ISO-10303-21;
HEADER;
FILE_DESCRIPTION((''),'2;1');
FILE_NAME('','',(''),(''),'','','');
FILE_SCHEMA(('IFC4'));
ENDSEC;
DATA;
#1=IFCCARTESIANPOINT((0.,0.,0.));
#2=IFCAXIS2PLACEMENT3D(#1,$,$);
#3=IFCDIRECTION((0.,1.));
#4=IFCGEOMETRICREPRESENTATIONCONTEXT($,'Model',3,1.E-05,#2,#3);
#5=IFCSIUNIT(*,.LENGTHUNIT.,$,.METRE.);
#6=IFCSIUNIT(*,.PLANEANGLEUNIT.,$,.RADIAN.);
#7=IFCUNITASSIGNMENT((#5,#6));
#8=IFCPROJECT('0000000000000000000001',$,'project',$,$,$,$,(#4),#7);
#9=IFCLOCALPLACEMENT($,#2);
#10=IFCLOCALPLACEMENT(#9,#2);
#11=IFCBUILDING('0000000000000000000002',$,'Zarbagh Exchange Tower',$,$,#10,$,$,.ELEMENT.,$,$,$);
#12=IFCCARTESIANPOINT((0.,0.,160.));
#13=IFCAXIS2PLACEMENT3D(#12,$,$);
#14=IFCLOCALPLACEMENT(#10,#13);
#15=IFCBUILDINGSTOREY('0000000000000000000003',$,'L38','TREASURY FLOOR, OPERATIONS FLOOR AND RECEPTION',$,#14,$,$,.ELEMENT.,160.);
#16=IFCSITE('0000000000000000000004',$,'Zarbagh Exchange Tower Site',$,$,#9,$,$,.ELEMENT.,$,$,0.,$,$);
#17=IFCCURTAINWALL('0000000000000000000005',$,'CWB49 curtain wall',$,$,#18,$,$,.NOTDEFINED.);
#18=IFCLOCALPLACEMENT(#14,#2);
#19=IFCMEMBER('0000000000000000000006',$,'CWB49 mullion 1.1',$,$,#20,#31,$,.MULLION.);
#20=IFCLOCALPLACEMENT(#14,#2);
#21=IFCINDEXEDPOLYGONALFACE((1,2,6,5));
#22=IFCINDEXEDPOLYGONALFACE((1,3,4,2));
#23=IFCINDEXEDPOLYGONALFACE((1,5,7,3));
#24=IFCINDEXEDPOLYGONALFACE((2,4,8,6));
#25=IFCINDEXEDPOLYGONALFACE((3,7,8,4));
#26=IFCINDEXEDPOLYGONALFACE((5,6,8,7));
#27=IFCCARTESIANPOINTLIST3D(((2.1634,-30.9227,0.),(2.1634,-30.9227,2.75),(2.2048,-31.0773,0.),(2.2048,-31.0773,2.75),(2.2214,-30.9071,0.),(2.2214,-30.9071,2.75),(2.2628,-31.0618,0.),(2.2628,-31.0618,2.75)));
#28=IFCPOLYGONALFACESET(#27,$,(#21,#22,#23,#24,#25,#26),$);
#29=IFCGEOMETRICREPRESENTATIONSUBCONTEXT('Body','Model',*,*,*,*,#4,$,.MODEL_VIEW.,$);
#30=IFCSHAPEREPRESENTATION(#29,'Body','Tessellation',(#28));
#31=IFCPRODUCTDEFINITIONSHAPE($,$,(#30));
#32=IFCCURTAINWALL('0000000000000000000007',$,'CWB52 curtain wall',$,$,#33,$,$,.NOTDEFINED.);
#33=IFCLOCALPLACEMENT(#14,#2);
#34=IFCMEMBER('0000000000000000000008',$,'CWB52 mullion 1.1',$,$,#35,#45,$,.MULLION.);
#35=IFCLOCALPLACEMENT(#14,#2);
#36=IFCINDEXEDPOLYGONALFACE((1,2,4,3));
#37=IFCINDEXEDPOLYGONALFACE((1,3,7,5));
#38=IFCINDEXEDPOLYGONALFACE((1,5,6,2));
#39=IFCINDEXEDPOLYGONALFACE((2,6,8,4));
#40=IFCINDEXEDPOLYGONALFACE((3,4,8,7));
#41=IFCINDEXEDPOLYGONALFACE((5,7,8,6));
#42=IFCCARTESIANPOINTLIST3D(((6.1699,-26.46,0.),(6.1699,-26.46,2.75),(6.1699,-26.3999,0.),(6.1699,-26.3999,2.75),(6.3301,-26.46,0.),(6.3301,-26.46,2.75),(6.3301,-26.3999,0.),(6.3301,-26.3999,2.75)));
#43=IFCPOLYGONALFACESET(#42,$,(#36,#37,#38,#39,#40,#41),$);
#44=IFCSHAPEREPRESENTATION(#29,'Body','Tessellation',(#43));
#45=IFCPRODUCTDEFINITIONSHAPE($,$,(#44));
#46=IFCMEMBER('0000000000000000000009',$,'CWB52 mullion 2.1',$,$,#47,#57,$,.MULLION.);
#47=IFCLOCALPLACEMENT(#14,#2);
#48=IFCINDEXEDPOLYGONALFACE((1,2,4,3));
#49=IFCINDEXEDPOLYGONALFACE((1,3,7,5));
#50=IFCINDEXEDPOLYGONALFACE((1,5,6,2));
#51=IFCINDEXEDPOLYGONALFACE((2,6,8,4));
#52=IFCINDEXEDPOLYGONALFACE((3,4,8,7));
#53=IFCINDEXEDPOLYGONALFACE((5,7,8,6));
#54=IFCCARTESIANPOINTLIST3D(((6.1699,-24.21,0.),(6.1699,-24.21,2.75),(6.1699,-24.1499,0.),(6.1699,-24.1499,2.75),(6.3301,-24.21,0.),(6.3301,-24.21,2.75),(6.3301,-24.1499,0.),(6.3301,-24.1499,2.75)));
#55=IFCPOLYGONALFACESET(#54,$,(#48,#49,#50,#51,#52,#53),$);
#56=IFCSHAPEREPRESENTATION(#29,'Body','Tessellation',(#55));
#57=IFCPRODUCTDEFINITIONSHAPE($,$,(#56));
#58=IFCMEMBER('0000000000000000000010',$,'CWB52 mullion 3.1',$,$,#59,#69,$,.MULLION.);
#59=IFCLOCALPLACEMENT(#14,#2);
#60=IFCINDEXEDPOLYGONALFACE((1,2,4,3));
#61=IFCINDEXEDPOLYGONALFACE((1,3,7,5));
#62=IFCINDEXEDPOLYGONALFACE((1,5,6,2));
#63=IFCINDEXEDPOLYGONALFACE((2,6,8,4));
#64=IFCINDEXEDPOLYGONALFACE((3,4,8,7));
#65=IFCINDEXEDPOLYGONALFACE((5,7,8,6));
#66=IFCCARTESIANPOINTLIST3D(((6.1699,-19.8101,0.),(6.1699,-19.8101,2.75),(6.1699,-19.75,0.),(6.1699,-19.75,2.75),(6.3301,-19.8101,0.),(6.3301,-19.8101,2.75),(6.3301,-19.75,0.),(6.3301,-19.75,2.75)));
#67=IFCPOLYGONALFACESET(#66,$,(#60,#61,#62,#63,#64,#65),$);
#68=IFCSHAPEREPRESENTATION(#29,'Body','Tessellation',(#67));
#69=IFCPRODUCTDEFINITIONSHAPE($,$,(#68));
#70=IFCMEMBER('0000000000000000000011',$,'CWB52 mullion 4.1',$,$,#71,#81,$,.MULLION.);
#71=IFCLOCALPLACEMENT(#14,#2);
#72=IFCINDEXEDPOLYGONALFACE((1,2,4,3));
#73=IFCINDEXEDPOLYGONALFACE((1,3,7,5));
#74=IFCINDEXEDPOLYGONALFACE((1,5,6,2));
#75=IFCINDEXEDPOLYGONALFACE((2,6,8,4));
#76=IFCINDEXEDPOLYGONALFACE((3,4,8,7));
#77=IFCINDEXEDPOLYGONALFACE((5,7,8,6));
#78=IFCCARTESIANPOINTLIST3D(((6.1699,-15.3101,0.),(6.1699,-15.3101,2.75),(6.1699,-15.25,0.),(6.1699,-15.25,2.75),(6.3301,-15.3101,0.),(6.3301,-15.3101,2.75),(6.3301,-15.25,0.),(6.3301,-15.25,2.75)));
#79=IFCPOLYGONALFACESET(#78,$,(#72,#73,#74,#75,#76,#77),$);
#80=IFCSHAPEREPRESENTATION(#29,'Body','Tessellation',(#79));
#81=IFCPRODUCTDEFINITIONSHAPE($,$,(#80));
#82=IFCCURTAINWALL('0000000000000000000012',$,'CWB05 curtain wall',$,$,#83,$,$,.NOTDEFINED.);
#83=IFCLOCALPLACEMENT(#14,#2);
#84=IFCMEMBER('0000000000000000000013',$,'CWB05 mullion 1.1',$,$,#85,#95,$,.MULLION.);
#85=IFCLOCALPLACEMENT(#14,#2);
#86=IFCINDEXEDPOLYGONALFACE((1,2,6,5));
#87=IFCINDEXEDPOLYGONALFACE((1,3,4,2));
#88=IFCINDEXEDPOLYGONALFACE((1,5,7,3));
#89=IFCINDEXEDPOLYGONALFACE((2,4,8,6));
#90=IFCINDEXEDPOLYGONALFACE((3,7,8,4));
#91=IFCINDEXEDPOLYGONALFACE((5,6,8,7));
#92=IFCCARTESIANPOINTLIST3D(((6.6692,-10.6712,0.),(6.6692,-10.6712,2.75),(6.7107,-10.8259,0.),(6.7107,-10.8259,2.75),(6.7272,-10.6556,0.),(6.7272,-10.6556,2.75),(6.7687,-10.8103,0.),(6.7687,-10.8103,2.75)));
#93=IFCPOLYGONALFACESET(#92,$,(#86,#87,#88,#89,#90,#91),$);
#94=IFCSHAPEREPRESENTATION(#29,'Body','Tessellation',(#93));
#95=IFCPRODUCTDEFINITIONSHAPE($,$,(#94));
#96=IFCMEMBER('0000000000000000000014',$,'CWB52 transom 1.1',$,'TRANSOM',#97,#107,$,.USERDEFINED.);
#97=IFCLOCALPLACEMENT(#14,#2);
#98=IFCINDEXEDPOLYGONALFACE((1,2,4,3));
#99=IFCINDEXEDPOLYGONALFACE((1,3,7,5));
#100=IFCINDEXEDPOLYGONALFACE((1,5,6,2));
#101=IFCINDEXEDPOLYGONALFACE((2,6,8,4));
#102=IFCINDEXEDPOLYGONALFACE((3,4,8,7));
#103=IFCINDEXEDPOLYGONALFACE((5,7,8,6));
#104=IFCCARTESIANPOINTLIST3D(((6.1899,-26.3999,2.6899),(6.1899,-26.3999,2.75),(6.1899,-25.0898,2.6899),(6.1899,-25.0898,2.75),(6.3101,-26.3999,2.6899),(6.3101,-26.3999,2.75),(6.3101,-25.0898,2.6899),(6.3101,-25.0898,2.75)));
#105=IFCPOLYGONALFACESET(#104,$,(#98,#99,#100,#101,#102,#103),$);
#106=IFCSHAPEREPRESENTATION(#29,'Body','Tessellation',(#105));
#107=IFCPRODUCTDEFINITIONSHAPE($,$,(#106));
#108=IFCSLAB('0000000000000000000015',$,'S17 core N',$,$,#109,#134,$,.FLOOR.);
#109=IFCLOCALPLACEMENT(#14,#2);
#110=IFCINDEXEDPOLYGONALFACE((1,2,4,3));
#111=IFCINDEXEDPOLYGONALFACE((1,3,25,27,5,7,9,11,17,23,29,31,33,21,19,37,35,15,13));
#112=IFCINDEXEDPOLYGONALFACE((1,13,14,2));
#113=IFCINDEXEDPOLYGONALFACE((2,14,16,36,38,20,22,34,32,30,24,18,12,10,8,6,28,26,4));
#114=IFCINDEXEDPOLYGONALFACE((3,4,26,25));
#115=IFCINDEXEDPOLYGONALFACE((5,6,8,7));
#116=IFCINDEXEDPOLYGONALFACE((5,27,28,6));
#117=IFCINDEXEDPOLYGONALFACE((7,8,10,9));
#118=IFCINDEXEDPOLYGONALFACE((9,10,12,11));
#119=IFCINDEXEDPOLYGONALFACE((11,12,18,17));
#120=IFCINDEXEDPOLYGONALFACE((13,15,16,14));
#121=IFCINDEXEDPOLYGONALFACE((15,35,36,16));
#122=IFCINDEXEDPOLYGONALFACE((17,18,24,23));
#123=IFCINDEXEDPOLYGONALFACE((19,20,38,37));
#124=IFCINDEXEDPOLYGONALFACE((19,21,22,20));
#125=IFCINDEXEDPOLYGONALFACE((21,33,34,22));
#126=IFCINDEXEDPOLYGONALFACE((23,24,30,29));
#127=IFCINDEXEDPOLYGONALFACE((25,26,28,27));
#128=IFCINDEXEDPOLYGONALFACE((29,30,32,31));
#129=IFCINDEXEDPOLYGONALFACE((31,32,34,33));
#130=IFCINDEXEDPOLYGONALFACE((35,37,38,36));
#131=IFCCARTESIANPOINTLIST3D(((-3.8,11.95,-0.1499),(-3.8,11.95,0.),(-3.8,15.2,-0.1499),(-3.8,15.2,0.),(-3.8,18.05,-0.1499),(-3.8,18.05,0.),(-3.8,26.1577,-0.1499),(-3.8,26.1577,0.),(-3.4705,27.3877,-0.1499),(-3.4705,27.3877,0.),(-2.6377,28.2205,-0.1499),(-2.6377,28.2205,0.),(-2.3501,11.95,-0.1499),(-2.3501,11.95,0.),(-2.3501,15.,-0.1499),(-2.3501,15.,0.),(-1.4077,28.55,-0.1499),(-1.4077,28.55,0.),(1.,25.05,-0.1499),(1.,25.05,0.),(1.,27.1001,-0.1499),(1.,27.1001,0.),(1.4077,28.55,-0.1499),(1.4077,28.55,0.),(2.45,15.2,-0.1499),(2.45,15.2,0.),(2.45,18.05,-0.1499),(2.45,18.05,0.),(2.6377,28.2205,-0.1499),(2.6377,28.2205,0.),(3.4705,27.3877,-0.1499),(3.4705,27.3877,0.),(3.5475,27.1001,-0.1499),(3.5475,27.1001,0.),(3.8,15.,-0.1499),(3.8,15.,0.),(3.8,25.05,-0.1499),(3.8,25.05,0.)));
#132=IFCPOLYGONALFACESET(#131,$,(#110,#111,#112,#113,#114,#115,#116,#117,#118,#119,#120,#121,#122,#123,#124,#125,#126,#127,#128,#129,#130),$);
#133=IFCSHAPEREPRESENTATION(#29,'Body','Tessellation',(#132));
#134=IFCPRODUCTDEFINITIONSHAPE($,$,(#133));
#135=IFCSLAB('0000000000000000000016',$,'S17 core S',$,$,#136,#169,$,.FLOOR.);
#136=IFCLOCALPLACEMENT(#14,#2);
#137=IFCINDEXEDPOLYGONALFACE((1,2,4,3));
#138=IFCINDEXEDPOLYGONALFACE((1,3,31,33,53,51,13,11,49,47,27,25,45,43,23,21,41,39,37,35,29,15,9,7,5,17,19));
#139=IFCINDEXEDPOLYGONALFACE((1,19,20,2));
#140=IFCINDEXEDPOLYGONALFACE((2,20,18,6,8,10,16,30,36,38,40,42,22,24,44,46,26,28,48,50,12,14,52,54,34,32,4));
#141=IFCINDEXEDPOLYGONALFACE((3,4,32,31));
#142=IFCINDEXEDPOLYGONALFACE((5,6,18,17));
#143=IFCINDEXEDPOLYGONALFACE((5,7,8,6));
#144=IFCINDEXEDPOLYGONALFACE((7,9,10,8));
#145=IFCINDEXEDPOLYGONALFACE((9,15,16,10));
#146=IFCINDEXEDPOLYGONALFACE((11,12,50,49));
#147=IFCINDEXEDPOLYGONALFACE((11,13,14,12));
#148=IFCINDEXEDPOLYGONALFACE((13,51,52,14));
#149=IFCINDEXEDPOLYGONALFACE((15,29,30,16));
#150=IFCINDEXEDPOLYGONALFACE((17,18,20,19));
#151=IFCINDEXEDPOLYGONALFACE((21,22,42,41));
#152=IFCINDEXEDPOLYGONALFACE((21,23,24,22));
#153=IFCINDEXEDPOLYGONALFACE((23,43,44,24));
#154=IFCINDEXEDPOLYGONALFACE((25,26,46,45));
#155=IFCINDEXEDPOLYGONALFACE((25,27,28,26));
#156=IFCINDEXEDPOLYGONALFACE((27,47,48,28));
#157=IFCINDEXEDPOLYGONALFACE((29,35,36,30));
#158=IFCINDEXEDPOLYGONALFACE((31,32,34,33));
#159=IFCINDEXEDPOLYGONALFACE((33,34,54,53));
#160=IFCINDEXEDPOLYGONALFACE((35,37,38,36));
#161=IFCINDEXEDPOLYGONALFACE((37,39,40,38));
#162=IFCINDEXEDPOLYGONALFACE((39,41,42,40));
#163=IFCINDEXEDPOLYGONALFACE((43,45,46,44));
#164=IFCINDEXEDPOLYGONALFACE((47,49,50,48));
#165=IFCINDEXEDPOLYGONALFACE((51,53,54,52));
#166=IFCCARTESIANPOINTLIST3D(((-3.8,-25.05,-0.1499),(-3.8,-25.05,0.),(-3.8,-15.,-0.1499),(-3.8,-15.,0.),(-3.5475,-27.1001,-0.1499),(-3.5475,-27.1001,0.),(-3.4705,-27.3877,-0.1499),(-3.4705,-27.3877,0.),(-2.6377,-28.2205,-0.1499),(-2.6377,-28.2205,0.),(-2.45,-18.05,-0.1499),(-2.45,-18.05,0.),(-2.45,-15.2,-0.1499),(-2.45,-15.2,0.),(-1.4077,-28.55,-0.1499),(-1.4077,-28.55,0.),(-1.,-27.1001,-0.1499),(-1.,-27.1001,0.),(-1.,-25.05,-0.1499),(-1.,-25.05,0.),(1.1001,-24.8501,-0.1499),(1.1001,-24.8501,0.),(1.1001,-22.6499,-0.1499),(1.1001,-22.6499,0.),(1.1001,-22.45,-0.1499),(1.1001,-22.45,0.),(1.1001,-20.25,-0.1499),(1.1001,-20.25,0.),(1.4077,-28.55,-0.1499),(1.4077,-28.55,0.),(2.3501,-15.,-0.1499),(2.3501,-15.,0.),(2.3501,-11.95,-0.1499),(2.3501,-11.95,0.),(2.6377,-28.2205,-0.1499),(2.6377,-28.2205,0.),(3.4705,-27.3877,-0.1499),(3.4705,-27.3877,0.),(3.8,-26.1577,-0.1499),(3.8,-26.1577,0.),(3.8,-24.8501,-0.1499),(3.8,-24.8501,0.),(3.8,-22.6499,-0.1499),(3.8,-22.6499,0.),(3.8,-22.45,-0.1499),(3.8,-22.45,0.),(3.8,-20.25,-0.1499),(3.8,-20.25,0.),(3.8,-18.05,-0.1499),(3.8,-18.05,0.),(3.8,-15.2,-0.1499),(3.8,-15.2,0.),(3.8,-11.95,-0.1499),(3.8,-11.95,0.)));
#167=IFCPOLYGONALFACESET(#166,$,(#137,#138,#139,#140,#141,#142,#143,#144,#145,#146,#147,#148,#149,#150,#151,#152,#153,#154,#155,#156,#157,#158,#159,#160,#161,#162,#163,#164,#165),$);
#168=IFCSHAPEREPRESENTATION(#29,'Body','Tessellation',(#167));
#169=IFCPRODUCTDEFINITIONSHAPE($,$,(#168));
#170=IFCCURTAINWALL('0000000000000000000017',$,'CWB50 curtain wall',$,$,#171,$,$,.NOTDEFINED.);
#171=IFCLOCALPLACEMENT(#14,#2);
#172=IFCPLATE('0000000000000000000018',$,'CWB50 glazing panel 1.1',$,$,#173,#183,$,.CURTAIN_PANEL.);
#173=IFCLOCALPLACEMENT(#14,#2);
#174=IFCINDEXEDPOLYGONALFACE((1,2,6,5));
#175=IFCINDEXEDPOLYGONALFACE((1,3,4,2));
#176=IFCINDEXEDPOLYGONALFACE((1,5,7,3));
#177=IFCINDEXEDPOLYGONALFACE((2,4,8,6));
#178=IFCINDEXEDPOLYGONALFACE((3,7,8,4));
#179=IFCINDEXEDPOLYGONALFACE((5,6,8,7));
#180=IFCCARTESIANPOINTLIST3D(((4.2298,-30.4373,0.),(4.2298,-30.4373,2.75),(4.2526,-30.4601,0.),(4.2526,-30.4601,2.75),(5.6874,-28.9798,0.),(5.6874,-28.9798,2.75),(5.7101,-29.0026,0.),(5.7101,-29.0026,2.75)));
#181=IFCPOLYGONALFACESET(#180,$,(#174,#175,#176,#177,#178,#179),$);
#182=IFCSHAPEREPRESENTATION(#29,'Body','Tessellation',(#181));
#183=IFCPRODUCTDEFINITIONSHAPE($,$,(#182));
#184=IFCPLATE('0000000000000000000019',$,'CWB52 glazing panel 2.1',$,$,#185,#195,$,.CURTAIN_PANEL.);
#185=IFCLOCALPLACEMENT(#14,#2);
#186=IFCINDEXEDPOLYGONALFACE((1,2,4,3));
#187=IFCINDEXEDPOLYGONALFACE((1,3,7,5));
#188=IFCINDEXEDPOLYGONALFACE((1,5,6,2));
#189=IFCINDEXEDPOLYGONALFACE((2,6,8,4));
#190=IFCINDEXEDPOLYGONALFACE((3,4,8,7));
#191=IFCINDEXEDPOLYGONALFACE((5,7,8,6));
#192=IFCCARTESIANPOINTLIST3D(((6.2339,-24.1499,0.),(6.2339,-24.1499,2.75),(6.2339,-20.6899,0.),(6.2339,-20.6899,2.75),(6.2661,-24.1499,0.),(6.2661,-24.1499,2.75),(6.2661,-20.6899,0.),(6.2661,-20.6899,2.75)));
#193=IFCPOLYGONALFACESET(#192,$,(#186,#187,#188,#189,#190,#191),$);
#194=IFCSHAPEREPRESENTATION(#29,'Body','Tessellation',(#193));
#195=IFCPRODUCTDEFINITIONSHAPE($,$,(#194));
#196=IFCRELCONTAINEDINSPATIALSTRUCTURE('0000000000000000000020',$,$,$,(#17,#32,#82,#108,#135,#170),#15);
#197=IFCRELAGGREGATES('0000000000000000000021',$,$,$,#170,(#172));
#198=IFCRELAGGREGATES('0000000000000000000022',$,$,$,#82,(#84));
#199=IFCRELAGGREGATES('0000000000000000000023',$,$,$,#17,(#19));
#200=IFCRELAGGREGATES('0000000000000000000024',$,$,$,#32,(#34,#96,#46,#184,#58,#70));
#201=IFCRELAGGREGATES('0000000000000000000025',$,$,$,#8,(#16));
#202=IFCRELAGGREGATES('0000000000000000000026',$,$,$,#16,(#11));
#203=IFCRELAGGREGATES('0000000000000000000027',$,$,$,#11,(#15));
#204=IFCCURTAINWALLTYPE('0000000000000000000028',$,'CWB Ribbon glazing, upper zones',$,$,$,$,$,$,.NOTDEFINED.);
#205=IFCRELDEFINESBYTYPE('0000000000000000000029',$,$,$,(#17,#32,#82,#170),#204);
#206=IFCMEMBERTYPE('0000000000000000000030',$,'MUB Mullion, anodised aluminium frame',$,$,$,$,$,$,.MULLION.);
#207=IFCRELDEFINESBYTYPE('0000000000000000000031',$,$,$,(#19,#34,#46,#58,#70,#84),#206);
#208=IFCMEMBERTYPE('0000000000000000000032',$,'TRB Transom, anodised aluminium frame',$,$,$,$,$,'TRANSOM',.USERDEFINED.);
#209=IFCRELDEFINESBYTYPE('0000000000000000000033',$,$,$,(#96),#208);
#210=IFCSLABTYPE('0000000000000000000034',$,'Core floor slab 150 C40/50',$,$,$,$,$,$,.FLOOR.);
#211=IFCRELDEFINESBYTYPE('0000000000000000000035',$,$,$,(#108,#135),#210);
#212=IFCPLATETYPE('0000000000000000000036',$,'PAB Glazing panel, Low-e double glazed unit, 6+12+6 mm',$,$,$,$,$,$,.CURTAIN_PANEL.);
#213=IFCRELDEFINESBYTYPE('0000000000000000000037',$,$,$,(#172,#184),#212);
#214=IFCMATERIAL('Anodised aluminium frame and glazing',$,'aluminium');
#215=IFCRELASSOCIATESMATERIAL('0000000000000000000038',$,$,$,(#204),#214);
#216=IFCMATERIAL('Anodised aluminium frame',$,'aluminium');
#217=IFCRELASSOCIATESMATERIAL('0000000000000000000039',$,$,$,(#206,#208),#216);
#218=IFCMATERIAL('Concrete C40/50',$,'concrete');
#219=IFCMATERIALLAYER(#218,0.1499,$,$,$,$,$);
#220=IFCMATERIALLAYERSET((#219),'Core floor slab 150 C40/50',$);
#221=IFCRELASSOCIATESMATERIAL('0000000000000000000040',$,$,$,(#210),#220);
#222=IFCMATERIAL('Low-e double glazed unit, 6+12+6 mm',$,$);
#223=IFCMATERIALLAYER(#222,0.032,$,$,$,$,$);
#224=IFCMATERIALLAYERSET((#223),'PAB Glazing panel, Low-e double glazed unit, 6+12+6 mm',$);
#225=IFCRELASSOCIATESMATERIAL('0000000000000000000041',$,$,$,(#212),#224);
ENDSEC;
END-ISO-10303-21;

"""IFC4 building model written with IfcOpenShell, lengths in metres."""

from ifc_helpers import new_model, si_unit, direction, frame, origin, place, context, subcontext, project, spatial, polyline, outline, extrude, source, transform, mapped, material, layer, layer_set, type_object, element, aggregate, save


model = new_model("IFC4")

# Units and contexts
model_context = context("Model", 3, precision=1e-05, world=origin(), true_north=direction((0.0, 1.0)))
body_context = subcontext(model_context, "Body", "Model", "MODEL_VIEW")
ifc_project = project(units=[si_unit("LENGTHUNIT", "METRE"), si_unit("PLANEANGLEUNIT", "RADIAN")], contexts=[model_context])

# Site, building, storey
site_placement = place(None, origin())
site = spatial("IfcSite", under=ifc_project, at=site_placement, Name="Zarbagh Exchange Tower Site", CompositionType="ELEMENT", RefElevation=0.0)
building_placement = place(site_placement, origin())
building = spatial("IfcBuilding", under=site, at=building_placement, Name="Zarbagh Exchange Tower", CompositionType="ELEMENT")
storey_placement = place(building_placement, frame((0.0, 0.0, 160.0)))
storey = spatial("IfcBuildingStorey", under=building, at=storey_placement, Name="L38", Description="TREASURY FLOOR, OPERATIONS FLOOR AND RECEPTION", CompositionType="ELEMENT", Elevation=160.0)

# Curtain wall, member
ifc_material_1 = material(Name="Anodised aluminium frame and glazing", Category="aluminium")
curtain_wall_type = type_object("IfcCurtainWallType", Name="CWB Ribbon glazing, upper zones", PredefinedType="NOTDEFINED", material=ifc_material_1)
curtain_wall_1_placement = place(storey_placement, origin())
curtain_wall_1 = element("IfcCurtainWall", 1, at=curtain_wall_1_placement, inside=storey, type_object=curtain_wall_type, Name="CWB49 curtain wall", PredefinedType="NOTDEFINED")
ifc_material_2 = material(Name="Anodised aluminium frame", Category="aluminium")
member_type_1 = type_object("IfcMemberType", Name="MUB Mullion, anodised aluminium frame", PredefinedType="MULLION", material=ifc_material_2)
shared_shape_1 = source(origin(), body_context, "Body", "SweptSolid", [
    extrude(outline(polyline([(0.0, -0.0801), (0.0601, -0.0801), (0.0601, 0.0801), (0.0, 0.0801), (0.0, -0.0801)])), origin(), (0.0, 0.0, 1.0), 2.75),
])
placement = place(storey_placement, origin())
member_1 = element("IfcMember", 2, at=placement, type_object=member_type_1, Name="CWB49 mullion 1.1", PredefinedType="MULLION", context=body_context, shape_type="MappedRepresentation", body=[
    mapped(shared_shape_1, transform((2.1841, -31.0, 0.0), x_axis=(0.965924, 0.258825, 0.0), y_axis=(-0.258825, 0.965924, 0.0), z_axis=(0.0, 0.0, 1.0))),
])

# Curtain wall, members
curtain_wall_2_placement = place(storey_placement, origin())
curtain_wall_2 = element("IfcCurtainWall", 3, at=curtain_wall_2_placement, inside=storey, type_object=curtain_wall_type, Name="CWB52 curtain wall", PredefinedType="NOTDEFINED")
member_2 = element("IfcMember", 4, at=placement, type_object=member_type_1, Name="CWB52 mullion 1.1", PredefinedType="MULLION", context=body_context, shape_type="MappedRepresentation", body=[
    mapped(shared_shape_1, transform((6.25, -26.46, 0.0), x_axis=(0.0, 1.0, 0.0), y_axis=(-1.0, 0.0, 0.0), z_axis=(0.0, 0.0, 1.0))),
])
member_3 = element("IfcMember", 5, at=placement, type_object=member_type_1, Name="CWB52 mullion 2.1", PredefinedType="MULLION", context=body_context, shape_type="MappedRepresentation", body=[
    mapped(shared_shape_1, transform((6.25, -24.21, 0.0), x_axis=(0.0, 1.0, 0.0), y_axis=(-1.0, 0.0, 0.0), z_axis=(0.0, 0.0, 1.0))),
])
member_4 = element("IfcMember", 6, at=placement, type_object=member_type_1, Name="CWB52 mullion 3.1", PredefinedType="MULLION", context=body_context, shape_type="MappedRepresentation", body=[
    mapped(shared_shape_1, transform((6.25, -19.8101, 0.0), x_axis=(0.0, 1.0, 0.0), y_axis=(-1.0, 0.0, 0.0), z_axis=(0.0, 0.0, 1.0))),
])
member_5 = element("IfcMember", 7, at=placement, type_object=member_type_1, Name="CWB52 mullion 4.1", PredefinedType="MULLION", context=body_context, shape_type="MappedRepresentation", body=[
    mapped(shared_shape_1, transform((6.25, -15.3101, 0.0), x_axis=(0.0, 1.0, 0.0), y_axis=(-1.0, 0.0, 0.0), z_axis=(0.0, 0.0, 1.0))),
])

# Curtain wall, member
curtain_wall_3_placement = place(storey_placement, origin())
curtain_wall_3 = element("IfcCurtainWall", 8, at=curtain_wall_3_placement, inside=storey, type_object=curtain_wall_type, Name="CWB05 curtain wall", PredefinedType="NOTDEFINED")
member_6 = element("IfcMember", 9, at=placement, type_object=member_type_1, Name="CWB05 mullion 1.1", PredefinedType="MULLION", context=body_context, shape_type="MappedRepresentation", body=[
    mapped(shared_shape_1, transform((6.6899, -10.7485, 0.0), x_axis=(0.965924, 0.258825, 0.0), y_axis=(-0.258825, 0.965924, 0.0), z_axis=(0.0, 0.0, 1.0))),
])

# Member
member_type_2 = type_object("IfcMemberType", Name="TRB Transom, anodised aluminium frame", ElementType="TRANSOM", PredefinedType="USERDEFINED", material=ifc_material_2)
shared_shape_2 = source(origin(), body_context, "Body", "SweptSolid", [
    extrude(outline(polyline([(-0.0601, -0.0601), (0.0, -0.0601), (0.0, 0.0601), (-0.0601, 0.0601), (-0.0601, -0.0601)])), origin(), (0.0, 0.0, 1.0), 1.3101),
])
member_7 = element("IfcMember", 10, at=placement, type_object=member_type_2, Name="CWB52 transom 1.1", ObjectType="TRANSOM", PredefinedType="USERDEFINED", context=body_context, shape_type="MappedRepresentation", body=[
    mapped(shared_shape_2, transform((6.25, -26.3999, 2.75), x_axis=(0.0, 0.0, 1.0), y_axis=(1.0, 0.0, 0.0), z_axis=(0.0, 1.0, 0.0))),
])

# Slabs
ifc_material_3 = material(Name="Concrete C40/50", Category="concrete")
ifc_layer_1 = layer(ifc_material_3, 0.1499)
ifc_layer_set_1 = layer_set([ifc_layer_1], Name="Core floor slab 150 C40/50")
slab_type = type_object("IfcSlabType", Name="Core floor slab 150 C40/50", PredefinedType="FLOOR", material=ifc_layer_set_1)
slab_1_placement = place(storey_placement, frame((0.0, 0.0, -0.1499)))
element("IfcSlab", 11, at=slab_1_placement, inside=storey, type_object=slab_type, Name="S17 core N", PredefinedType="FLOOR", context=body_context, shape_type="SweptSolid", body=[
    extrude(outline(polyline([(-3.8, 11.95), (-3.8, 15.2), (2.45, 15.2), (2.45, 18.05), (-3.8, 18.05), (-3.8, 26.1577), (-3.4705, 27.3877), (-2.6377, 28.2205), (-1.4077, 28.55), (1.4077, 28.55), (2.6377, 28.2205), (3.4705, 27.3877), (3.8, 26.1577), (3.8, 26.1577), (3.5476, 27.1001), (1.0, 27.1001), (1.0, 25.05), (3.8, 25.05), (3.8, 15.0), (-2.3501, 15.0), (-2.3501, 11.95), (-3.8, 11.95)])), origin(), (0.0, 0.0, 1.0), 0.1499),
])
slab_2_placement = place(storey_placement, frame((0.0, 0.0, -0.1499)))
element("IfcSlab", 12, at=slab_2_placement, inside=storey, type_object=slab_type, Name="S17 core S", PredefinedType="FLOOR", context=body_context, shape_type="SweptSolid", body=[
    extrude(outline(polyline([(-2.6377, -28.2205), (-3.4705, -27.3877), (-3.8, -26.1577), (-3.8, -26.1577), (-3.5476, -27.1001), (-1.0, -27.1001), (-1.0, -25.05), (-3.8, -25.05), (-3.8, -15.0), (2.3501, -15.0), (2.3501, -11.95), (3.8, -11.95), (3.8, -15.2), (-2.45, -15.2), (-2.45, -18.05), (3.8, -18.05), (3.8, -20.25), (1.1001, -20.25), (1.1001, -22.45), (3.8, -22.45), (3.8, -22.6499), (1.1001, -22.6499), (1.1001, -24.8501), (3.8, -24.8501), (3.8, -26.1577), (3.4705, -27.3877), (2.6377, -28.2205), (1.4077, -28.55), (-1.4077, -28.55), (-2.6377, -28.2205)])), origin(), (0.0, 0.0, 1.0), 0.1499),
])

# Curtain wall, plate
curtain_wall_4_placement = place(storey_placement, origin())
curtain_wall_4 = element("IfcCurtainWall", 13, at=curtain_wall_4_placement, inside=storey, type_object=curtain_wall_type, Name="CWB50 curtain wall", PredefinedType="NOTDEFINED")
ifc_material_4 = material(Name="Low-e double glazed unit, 6+12+6 mm")
ifc_layer_2 = layer(ifc_material_4, 0.032)
ifc_layer_set_2 = layer_set([ifc_layer_2], Name="PAB Glazing panel, Low-e double glazed unit, 6+12+6 mm")
plate_type = type_object("IfcPlateType", Name="PAB Glazing panel, Low-e double glazed unit, 6+12+6 mm", PredefinedType="CURTAIN_PANEL", material=ifc_layer_set_2)
shared_shape_3 = source(origin(), body_context, "Body", "SweptSolid", [
    extrude(outline(polyline([(0.0, -0.0161), (2.0613, -0.0161), (2.0613, 0.0161), (0.0, 0.0161), (0.0, -0.0161)])), origin(), (0.0, 0.0, 1.0), 2.75),
])
plate_1 = element("IfcPlate", 14, at=placement, type_object=plate_type, Name="CWB50 glazing panel 1.1", PredefinedType="CURTAIN_PANEL", context=body_context, shape_type="MappedRepresentation", body=[
    mapped(shared_shape_3, transform((4.2412, -30.4487, 0.0), x_axis=(0.707107, 0.707107, 0.0), y_axis=(-0.707107, 0.707107, 0.0), z_axis=(0.0, 0.0, 1.0))),
])
aggregate(curtain_wall_4, [plate_1])

# Plate
shared_shape_4 = source(origin(), body_context, "Body", "SweptSolid", [
    extrude(outline(polyline([(0.0, -0.0161), (3.46, -0.0161), (3.46, 0.0161), (0.0, 0.0161), (0.0, -0.0161)])), origin(), (0.0, 0.0, 1.0), 2.75),
])
plate_2 = element("IfcPlate", 15, at=placement, type_object=plate_type, Name="CWB52 glazing panel 2.1", PredefinedType="CURTAIN_PANEL", context=body_context, shape_type="MappedRepresentation", body=[
    mapped(shared_shape_4, transform((6.25, -24.1499, 0.0), x_axis=(0.0, 1.0, 0.0), y_axis=(-1.0, 0.0, 0.0), z_axis=(0.0, 0.0, 1.0))),
])
aggregate(curtain_wall_3, [member_6])
aggregate(curtain_wall_1, [member_1])

aggregate(curtain_wall_2, [member_2, member_7, member_3, plate_2, member_4, member_5])

save(model, "model.ifc")
